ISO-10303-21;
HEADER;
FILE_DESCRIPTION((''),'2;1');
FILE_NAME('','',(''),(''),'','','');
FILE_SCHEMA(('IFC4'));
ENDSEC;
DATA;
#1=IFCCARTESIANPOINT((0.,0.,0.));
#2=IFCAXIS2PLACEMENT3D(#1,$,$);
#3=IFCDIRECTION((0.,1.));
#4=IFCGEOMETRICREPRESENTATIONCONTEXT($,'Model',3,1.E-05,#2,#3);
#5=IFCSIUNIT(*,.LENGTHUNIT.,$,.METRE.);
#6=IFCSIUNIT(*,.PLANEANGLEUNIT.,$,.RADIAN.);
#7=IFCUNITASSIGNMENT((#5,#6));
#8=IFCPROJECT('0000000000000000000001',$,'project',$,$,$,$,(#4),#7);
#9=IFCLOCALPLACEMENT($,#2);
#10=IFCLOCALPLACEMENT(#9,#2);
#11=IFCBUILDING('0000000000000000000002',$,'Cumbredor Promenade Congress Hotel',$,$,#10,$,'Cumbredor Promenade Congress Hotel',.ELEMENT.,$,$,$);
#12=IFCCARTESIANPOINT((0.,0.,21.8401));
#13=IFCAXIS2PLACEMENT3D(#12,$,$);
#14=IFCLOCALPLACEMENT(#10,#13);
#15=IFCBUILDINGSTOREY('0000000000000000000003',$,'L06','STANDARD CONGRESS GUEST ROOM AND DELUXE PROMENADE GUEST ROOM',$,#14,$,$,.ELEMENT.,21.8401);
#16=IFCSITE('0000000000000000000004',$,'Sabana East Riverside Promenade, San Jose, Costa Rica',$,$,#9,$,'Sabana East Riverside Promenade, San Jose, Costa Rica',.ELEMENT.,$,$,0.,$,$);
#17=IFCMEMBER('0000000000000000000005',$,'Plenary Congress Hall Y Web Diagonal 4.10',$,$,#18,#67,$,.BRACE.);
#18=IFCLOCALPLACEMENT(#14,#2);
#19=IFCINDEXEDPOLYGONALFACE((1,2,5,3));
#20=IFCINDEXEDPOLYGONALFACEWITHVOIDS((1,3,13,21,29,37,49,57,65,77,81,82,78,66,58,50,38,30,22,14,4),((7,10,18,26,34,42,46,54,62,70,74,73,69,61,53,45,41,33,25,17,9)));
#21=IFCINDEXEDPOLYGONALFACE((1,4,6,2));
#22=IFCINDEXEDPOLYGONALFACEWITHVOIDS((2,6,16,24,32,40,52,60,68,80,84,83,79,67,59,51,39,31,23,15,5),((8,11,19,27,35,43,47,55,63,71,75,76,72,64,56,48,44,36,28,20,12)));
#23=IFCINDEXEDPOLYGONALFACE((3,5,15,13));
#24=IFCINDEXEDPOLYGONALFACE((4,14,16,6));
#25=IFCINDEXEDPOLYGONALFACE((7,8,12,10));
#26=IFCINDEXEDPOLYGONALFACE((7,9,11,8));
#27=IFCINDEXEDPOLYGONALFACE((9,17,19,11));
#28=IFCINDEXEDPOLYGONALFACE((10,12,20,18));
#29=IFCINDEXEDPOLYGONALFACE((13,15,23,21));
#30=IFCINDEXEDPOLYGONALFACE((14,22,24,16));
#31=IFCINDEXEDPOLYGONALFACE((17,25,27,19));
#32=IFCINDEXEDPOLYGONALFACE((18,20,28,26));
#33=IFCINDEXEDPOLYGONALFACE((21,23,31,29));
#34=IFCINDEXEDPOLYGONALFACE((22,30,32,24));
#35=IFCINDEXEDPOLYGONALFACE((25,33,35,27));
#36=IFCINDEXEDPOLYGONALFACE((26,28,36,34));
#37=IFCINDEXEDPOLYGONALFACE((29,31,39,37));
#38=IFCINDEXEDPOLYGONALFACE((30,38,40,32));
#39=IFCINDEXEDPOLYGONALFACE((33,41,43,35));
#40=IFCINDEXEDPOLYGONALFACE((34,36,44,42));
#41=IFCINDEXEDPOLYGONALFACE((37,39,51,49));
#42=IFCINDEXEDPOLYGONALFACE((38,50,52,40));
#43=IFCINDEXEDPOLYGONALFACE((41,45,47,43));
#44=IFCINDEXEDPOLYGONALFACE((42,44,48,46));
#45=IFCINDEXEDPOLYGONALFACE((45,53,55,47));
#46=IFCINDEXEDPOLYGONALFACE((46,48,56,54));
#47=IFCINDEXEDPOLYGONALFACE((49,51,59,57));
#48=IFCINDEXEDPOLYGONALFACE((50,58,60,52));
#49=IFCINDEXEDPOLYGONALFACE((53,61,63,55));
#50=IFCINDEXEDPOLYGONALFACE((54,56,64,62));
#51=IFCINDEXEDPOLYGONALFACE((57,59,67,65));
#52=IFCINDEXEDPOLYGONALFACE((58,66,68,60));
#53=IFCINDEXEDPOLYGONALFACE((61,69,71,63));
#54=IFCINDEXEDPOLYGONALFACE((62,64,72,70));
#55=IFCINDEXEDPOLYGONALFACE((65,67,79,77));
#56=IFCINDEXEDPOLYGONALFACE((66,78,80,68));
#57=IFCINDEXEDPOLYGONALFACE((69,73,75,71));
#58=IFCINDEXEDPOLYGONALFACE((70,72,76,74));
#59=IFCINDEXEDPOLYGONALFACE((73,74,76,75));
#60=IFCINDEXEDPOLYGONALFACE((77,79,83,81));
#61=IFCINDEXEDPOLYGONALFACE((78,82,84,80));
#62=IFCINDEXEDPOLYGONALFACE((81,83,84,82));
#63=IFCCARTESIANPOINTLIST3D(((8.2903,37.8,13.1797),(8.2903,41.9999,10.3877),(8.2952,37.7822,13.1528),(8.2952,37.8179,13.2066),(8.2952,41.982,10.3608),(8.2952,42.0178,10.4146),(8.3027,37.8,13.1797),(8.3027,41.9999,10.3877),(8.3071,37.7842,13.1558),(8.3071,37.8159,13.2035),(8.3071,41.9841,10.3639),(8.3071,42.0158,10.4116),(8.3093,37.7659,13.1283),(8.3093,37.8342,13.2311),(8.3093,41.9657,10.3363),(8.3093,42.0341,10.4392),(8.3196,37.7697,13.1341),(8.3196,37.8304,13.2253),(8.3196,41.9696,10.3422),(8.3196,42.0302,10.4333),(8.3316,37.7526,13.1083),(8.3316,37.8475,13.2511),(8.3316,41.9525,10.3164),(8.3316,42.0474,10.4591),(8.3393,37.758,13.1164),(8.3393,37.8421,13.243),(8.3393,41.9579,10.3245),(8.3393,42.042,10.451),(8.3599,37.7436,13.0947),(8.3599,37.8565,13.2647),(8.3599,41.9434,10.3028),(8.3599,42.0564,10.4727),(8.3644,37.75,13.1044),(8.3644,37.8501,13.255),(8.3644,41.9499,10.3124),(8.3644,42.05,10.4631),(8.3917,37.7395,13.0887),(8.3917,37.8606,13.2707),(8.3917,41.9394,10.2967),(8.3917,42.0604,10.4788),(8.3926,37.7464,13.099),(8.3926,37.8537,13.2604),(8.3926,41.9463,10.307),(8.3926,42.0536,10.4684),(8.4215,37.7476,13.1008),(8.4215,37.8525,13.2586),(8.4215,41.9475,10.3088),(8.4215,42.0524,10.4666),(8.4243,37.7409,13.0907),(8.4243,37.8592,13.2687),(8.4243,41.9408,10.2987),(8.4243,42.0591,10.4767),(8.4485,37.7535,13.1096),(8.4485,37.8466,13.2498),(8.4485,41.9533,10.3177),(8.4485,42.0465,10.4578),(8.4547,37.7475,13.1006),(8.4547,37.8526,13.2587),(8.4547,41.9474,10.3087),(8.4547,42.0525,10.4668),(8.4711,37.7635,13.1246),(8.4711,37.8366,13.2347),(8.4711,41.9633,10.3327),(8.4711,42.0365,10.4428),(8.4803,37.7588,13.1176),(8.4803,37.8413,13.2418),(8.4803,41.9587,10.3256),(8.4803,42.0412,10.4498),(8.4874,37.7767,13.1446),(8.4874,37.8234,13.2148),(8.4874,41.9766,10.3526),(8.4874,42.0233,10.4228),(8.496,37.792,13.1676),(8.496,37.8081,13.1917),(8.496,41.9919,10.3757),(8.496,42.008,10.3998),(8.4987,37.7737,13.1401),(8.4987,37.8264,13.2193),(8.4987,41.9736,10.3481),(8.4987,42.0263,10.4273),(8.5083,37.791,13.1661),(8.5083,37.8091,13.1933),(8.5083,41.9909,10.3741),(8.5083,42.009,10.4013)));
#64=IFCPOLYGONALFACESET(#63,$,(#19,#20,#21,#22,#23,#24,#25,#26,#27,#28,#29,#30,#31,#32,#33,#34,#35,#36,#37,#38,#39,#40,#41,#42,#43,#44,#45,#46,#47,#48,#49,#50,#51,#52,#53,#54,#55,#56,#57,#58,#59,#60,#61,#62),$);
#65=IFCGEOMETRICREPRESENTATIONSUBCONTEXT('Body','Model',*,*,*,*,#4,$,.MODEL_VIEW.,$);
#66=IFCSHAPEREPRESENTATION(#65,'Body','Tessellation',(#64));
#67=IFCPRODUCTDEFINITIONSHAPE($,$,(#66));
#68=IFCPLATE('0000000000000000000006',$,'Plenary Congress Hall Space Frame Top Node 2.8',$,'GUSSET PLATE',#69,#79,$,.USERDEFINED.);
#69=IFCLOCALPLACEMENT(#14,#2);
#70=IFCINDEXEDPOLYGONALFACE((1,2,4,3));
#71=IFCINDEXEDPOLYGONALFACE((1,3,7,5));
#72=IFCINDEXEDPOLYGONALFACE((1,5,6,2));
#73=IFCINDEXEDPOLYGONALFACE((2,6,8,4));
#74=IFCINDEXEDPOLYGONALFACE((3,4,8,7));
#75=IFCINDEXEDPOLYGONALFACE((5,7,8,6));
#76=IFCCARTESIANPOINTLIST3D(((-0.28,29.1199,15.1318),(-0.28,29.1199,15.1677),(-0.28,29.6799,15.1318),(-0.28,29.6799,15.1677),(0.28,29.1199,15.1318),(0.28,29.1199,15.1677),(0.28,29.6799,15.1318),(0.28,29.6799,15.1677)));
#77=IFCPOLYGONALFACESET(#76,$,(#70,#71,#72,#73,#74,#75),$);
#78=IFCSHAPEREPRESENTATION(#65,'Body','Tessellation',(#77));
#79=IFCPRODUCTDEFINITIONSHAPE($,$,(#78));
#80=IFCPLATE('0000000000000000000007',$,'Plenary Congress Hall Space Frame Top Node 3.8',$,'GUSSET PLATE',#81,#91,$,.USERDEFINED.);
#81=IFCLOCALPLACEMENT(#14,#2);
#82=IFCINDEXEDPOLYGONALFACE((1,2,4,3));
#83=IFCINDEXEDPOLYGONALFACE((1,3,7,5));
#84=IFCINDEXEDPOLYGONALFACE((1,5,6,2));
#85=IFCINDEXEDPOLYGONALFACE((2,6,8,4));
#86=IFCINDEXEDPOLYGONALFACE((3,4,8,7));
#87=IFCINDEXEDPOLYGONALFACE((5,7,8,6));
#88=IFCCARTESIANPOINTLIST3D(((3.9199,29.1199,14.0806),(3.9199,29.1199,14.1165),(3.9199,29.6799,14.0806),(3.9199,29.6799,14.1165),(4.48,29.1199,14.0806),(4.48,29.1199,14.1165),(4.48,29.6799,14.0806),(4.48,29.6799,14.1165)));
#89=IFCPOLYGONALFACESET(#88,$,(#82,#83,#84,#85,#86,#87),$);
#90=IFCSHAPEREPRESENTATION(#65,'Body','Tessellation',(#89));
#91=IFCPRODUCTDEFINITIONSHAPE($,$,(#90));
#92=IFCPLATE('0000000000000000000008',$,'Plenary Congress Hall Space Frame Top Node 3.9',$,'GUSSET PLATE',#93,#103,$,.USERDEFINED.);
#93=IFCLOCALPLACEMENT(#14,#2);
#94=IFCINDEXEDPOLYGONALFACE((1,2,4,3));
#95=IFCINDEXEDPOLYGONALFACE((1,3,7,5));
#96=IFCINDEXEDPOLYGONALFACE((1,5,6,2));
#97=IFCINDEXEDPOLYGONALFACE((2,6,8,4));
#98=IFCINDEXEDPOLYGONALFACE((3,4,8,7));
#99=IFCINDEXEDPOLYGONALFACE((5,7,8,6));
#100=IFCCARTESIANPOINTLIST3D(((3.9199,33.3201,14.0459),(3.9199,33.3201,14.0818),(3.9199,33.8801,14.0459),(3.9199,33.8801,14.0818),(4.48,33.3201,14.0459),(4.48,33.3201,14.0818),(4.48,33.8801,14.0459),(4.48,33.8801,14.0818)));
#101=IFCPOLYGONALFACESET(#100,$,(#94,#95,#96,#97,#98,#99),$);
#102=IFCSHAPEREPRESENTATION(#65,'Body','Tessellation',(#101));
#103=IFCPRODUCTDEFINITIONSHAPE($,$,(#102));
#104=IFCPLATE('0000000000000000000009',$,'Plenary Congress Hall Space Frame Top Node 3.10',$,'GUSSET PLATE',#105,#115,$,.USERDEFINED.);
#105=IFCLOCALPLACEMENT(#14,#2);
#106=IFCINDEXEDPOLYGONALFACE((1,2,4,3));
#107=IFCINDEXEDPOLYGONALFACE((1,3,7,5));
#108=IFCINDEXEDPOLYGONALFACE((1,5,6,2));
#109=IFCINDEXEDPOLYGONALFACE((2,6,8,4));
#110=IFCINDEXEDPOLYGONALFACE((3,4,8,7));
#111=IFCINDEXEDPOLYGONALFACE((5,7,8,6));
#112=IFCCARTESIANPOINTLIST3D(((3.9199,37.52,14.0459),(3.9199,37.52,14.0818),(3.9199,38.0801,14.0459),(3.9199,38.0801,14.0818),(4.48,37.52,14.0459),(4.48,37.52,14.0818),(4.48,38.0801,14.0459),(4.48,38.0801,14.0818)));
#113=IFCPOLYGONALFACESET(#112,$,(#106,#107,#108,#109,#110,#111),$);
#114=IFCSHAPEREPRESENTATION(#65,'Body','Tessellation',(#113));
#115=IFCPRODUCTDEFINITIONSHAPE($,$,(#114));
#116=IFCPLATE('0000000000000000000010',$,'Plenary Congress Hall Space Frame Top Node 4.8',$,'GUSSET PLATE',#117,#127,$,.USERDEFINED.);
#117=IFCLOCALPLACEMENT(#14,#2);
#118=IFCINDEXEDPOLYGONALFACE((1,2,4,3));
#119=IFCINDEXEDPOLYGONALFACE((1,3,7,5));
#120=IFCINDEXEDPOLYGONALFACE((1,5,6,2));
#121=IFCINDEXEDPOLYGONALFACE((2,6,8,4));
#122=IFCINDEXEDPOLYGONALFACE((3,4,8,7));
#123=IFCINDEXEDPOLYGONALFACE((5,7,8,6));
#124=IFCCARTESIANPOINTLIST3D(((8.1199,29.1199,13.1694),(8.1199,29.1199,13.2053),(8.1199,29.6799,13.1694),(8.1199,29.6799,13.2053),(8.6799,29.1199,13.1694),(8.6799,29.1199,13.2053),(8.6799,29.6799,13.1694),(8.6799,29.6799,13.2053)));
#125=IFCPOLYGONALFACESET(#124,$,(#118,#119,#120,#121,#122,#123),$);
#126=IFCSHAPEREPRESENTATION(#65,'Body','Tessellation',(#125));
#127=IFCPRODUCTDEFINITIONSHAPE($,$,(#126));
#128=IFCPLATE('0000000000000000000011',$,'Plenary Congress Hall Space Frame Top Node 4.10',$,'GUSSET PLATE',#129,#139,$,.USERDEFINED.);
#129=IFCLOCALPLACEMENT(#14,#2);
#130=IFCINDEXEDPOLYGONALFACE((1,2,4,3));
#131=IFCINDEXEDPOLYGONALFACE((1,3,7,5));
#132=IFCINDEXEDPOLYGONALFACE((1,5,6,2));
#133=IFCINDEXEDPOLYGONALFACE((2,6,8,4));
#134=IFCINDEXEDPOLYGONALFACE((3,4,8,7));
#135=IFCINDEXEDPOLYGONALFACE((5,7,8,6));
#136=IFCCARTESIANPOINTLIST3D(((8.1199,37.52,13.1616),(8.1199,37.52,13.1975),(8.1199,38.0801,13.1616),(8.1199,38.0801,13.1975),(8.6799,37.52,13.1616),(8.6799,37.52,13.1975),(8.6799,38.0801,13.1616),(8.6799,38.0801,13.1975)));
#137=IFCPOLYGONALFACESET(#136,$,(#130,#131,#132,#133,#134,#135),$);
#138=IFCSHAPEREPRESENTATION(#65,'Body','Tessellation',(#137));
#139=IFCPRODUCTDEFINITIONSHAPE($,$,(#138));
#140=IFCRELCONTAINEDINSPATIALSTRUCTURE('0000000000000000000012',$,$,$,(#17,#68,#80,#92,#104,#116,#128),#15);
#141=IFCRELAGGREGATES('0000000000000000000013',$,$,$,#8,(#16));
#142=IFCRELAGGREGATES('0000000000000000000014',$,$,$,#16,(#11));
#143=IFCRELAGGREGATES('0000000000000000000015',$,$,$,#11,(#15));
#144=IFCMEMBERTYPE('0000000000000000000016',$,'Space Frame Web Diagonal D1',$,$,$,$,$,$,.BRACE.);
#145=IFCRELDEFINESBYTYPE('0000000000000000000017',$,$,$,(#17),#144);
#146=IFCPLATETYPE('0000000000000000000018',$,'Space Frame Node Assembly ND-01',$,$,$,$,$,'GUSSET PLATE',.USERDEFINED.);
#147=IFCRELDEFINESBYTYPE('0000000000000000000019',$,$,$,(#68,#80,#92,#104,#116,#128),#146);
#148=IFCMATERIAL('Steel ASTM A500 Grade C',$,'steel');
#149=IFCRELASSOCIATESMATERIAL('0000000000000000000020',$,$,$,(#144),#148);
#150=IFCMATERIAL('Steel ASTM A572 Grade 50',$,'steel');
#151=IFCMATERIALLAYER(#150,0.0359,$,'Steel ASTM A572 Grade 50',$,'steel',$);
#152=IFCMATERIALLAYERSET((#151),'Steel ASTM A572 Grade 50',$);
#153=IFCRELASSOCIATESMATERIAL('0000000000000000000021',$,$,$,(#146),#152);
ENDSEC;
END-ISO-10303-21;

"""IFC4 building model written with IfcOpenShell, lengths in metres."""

from ifc_helpers import new_model, si_unit, direction, frame, origin, origin_2d, place, context, subcontext, project, spatial, rectangle, hollow_circle, extrude, material, layer, layer_set, material_profile, profile_set, type_object, element, save


model = new_model("IFC4")

# Units and contexts
model_context = context("Model", 3, precision=1e-05, world=origin(), true_north=direction((0.0, 1.0)))
body_context = subcontext(model_context, "Body", "Model", "MODEL_VIEW")
ifc_project = project(units=[si_unit("LENGTHUNIT", "METRE"), si_unit("PLANEANGLEUNIT", "RADIAN")], contexts=[model_context])

# Site, building, storey
site_placement = place(None, origin())
site = spatial("IfcSite", under=ifc_project, at=site_placement, Name="Sabana East Riverside Promenade, San Jose, Costa Rica", LongName="Sabana East Riverside Promenade, San Jose, Costa Rica", CompositionType="ELEMENT", RefElevation=0.0)
building_placement = place(site_placement, origin())
building = spatial("IfcBuilding", under=site, at=building_placement, Name="Cumbredor Promenade Congress Hotel", LongName="Cumbredor Promenade Congress Hotel", CompositionType="ELEMENT")
storey_placement = place(building_placement, frame((0.0, 0.0, 21.8401)))
storey = spatial("IfcBuildingStorey", under=building, at=storey_placement, Name="L06", Description="STANDARD CONGRESS GUEST ROOM AND DELUXE PROMENADE GUEST ROOM", CompositionType="ELEMENT", Elevation=21.8401)

# Member
ifc_material_1 = material(Name="Steel ASTM A500 Grade C", Category="steel")
ifc_material_profile_1 = material_profile(ifc_material_1, hollow_circle(Radius=0.1096, WallThickness=0.0125, at=origin_2d()), Name="CHS 219.1x12.5")
ifc_profile_set_1 = profile_set([ifc_material_profile_1], Name="Steel ASTM A500 Grade C")
member_type_1 = type_object("IfcMemberType", Name="Space Frame Web Diagonal D1", PredefinedType="BRACE", material=ifc_profile_set_1)
member_1_placement = place(storey_placement, frame((8.3999, 37.8, 13.1797), z_axis=(0.0, 0.832779, -0.553605), x_axis=(-1.0, 0.0, 0.0)))
element("IfcMember", 1, at=member_1_placement, inside=storey, type_object=member_type_1, Name="Plenary Congress Hall Y Web Diagonal 4.10", PredefinedType="BRACE", context=body_context, shape_type="SweptSolid", body=[
    extrude(hollow_circle(Radius=0.1096, WallThickness=0.0125, at=origin_2d()), origin(), (0.0, 0.0, 1.0), 5.0432),
])

# Plates
ifc_material_2 = material(Name="Steel ASTM A572 Grade 50", Category="steel")
ifc_layer = layer(ifc_material_2, 0.0359, Name="Steel ASTM A572 Grade 50", Category="steel")
ifc_layer_set = layer_set([ifc_layer], Name="Steel ASTM A572 Grade 50")
plate_type = type_object("IfcPlateType", Name="Space Frame Node Assembly ND-01", ElementType="GUSSET PLATE", PredefinedType="USERDEFINED", material=ifc_layer_set)
for number, where, z_axis, x_axis, name in (
    (2, (0.0, 29.3999, 15.1318), (0.0, 0.0, 1.0), (1.0, 0.0, 0.0), "Plenary Congress Hall Space Frame Top Node 2.8"),
    (3, (4.2, 29.3999, 14.0806), (0.0, 0.0, 1.0), (1.0, 0.0, 0.0), "Plenary Congress Hall Space Frame Top Node 3.8"),
    (4, (4.2, 33.6001, 14.0459), (0.0, 0.0, 1.0), (1.0, 0.0, 0.0), "Plenary Congress Hall Space Frame Top Node 3.9"),
    (5, (4.2, 37.8, 14.0459), (0.0, 0.0, 1.0), (1.0, 0.0, 0.0), "Plenary Congress Hall Space Frame Top Node 3.10"),
    (6, (8.3999, 29.3999, 13.1694), (0.0, 0.0, 1.0), (1.0, 0.0, 0.0), "Plenary Congress Hall Space Frame Top Node 4.8"),
    (7, (8.3999, 37.8, 13.1616), (0.0, 0.0, 1.0), (1.0, 0.0, 0.0), "Plenary Congress Hall Space Frame Top Node 4.10"),
):
    element("IfcPlate", number, at=place(storey_placement, frame(where, z_axis=z_axis, x_axis=x_axis)), inside=storey, type_object=plate_type, Name=name, ObjectType="GUSSET PLATE", PredefinedType="USERDEFINED", context=body_context, shape_type="SweptSolid", body=[
        extrude(rectangle(XDim=0.5601, YDim=0.5601, at=origin_2d()), origin(), (0.0, 0.0, 1.0), 0.0359),
    ])

save(model, "model.ifc")
